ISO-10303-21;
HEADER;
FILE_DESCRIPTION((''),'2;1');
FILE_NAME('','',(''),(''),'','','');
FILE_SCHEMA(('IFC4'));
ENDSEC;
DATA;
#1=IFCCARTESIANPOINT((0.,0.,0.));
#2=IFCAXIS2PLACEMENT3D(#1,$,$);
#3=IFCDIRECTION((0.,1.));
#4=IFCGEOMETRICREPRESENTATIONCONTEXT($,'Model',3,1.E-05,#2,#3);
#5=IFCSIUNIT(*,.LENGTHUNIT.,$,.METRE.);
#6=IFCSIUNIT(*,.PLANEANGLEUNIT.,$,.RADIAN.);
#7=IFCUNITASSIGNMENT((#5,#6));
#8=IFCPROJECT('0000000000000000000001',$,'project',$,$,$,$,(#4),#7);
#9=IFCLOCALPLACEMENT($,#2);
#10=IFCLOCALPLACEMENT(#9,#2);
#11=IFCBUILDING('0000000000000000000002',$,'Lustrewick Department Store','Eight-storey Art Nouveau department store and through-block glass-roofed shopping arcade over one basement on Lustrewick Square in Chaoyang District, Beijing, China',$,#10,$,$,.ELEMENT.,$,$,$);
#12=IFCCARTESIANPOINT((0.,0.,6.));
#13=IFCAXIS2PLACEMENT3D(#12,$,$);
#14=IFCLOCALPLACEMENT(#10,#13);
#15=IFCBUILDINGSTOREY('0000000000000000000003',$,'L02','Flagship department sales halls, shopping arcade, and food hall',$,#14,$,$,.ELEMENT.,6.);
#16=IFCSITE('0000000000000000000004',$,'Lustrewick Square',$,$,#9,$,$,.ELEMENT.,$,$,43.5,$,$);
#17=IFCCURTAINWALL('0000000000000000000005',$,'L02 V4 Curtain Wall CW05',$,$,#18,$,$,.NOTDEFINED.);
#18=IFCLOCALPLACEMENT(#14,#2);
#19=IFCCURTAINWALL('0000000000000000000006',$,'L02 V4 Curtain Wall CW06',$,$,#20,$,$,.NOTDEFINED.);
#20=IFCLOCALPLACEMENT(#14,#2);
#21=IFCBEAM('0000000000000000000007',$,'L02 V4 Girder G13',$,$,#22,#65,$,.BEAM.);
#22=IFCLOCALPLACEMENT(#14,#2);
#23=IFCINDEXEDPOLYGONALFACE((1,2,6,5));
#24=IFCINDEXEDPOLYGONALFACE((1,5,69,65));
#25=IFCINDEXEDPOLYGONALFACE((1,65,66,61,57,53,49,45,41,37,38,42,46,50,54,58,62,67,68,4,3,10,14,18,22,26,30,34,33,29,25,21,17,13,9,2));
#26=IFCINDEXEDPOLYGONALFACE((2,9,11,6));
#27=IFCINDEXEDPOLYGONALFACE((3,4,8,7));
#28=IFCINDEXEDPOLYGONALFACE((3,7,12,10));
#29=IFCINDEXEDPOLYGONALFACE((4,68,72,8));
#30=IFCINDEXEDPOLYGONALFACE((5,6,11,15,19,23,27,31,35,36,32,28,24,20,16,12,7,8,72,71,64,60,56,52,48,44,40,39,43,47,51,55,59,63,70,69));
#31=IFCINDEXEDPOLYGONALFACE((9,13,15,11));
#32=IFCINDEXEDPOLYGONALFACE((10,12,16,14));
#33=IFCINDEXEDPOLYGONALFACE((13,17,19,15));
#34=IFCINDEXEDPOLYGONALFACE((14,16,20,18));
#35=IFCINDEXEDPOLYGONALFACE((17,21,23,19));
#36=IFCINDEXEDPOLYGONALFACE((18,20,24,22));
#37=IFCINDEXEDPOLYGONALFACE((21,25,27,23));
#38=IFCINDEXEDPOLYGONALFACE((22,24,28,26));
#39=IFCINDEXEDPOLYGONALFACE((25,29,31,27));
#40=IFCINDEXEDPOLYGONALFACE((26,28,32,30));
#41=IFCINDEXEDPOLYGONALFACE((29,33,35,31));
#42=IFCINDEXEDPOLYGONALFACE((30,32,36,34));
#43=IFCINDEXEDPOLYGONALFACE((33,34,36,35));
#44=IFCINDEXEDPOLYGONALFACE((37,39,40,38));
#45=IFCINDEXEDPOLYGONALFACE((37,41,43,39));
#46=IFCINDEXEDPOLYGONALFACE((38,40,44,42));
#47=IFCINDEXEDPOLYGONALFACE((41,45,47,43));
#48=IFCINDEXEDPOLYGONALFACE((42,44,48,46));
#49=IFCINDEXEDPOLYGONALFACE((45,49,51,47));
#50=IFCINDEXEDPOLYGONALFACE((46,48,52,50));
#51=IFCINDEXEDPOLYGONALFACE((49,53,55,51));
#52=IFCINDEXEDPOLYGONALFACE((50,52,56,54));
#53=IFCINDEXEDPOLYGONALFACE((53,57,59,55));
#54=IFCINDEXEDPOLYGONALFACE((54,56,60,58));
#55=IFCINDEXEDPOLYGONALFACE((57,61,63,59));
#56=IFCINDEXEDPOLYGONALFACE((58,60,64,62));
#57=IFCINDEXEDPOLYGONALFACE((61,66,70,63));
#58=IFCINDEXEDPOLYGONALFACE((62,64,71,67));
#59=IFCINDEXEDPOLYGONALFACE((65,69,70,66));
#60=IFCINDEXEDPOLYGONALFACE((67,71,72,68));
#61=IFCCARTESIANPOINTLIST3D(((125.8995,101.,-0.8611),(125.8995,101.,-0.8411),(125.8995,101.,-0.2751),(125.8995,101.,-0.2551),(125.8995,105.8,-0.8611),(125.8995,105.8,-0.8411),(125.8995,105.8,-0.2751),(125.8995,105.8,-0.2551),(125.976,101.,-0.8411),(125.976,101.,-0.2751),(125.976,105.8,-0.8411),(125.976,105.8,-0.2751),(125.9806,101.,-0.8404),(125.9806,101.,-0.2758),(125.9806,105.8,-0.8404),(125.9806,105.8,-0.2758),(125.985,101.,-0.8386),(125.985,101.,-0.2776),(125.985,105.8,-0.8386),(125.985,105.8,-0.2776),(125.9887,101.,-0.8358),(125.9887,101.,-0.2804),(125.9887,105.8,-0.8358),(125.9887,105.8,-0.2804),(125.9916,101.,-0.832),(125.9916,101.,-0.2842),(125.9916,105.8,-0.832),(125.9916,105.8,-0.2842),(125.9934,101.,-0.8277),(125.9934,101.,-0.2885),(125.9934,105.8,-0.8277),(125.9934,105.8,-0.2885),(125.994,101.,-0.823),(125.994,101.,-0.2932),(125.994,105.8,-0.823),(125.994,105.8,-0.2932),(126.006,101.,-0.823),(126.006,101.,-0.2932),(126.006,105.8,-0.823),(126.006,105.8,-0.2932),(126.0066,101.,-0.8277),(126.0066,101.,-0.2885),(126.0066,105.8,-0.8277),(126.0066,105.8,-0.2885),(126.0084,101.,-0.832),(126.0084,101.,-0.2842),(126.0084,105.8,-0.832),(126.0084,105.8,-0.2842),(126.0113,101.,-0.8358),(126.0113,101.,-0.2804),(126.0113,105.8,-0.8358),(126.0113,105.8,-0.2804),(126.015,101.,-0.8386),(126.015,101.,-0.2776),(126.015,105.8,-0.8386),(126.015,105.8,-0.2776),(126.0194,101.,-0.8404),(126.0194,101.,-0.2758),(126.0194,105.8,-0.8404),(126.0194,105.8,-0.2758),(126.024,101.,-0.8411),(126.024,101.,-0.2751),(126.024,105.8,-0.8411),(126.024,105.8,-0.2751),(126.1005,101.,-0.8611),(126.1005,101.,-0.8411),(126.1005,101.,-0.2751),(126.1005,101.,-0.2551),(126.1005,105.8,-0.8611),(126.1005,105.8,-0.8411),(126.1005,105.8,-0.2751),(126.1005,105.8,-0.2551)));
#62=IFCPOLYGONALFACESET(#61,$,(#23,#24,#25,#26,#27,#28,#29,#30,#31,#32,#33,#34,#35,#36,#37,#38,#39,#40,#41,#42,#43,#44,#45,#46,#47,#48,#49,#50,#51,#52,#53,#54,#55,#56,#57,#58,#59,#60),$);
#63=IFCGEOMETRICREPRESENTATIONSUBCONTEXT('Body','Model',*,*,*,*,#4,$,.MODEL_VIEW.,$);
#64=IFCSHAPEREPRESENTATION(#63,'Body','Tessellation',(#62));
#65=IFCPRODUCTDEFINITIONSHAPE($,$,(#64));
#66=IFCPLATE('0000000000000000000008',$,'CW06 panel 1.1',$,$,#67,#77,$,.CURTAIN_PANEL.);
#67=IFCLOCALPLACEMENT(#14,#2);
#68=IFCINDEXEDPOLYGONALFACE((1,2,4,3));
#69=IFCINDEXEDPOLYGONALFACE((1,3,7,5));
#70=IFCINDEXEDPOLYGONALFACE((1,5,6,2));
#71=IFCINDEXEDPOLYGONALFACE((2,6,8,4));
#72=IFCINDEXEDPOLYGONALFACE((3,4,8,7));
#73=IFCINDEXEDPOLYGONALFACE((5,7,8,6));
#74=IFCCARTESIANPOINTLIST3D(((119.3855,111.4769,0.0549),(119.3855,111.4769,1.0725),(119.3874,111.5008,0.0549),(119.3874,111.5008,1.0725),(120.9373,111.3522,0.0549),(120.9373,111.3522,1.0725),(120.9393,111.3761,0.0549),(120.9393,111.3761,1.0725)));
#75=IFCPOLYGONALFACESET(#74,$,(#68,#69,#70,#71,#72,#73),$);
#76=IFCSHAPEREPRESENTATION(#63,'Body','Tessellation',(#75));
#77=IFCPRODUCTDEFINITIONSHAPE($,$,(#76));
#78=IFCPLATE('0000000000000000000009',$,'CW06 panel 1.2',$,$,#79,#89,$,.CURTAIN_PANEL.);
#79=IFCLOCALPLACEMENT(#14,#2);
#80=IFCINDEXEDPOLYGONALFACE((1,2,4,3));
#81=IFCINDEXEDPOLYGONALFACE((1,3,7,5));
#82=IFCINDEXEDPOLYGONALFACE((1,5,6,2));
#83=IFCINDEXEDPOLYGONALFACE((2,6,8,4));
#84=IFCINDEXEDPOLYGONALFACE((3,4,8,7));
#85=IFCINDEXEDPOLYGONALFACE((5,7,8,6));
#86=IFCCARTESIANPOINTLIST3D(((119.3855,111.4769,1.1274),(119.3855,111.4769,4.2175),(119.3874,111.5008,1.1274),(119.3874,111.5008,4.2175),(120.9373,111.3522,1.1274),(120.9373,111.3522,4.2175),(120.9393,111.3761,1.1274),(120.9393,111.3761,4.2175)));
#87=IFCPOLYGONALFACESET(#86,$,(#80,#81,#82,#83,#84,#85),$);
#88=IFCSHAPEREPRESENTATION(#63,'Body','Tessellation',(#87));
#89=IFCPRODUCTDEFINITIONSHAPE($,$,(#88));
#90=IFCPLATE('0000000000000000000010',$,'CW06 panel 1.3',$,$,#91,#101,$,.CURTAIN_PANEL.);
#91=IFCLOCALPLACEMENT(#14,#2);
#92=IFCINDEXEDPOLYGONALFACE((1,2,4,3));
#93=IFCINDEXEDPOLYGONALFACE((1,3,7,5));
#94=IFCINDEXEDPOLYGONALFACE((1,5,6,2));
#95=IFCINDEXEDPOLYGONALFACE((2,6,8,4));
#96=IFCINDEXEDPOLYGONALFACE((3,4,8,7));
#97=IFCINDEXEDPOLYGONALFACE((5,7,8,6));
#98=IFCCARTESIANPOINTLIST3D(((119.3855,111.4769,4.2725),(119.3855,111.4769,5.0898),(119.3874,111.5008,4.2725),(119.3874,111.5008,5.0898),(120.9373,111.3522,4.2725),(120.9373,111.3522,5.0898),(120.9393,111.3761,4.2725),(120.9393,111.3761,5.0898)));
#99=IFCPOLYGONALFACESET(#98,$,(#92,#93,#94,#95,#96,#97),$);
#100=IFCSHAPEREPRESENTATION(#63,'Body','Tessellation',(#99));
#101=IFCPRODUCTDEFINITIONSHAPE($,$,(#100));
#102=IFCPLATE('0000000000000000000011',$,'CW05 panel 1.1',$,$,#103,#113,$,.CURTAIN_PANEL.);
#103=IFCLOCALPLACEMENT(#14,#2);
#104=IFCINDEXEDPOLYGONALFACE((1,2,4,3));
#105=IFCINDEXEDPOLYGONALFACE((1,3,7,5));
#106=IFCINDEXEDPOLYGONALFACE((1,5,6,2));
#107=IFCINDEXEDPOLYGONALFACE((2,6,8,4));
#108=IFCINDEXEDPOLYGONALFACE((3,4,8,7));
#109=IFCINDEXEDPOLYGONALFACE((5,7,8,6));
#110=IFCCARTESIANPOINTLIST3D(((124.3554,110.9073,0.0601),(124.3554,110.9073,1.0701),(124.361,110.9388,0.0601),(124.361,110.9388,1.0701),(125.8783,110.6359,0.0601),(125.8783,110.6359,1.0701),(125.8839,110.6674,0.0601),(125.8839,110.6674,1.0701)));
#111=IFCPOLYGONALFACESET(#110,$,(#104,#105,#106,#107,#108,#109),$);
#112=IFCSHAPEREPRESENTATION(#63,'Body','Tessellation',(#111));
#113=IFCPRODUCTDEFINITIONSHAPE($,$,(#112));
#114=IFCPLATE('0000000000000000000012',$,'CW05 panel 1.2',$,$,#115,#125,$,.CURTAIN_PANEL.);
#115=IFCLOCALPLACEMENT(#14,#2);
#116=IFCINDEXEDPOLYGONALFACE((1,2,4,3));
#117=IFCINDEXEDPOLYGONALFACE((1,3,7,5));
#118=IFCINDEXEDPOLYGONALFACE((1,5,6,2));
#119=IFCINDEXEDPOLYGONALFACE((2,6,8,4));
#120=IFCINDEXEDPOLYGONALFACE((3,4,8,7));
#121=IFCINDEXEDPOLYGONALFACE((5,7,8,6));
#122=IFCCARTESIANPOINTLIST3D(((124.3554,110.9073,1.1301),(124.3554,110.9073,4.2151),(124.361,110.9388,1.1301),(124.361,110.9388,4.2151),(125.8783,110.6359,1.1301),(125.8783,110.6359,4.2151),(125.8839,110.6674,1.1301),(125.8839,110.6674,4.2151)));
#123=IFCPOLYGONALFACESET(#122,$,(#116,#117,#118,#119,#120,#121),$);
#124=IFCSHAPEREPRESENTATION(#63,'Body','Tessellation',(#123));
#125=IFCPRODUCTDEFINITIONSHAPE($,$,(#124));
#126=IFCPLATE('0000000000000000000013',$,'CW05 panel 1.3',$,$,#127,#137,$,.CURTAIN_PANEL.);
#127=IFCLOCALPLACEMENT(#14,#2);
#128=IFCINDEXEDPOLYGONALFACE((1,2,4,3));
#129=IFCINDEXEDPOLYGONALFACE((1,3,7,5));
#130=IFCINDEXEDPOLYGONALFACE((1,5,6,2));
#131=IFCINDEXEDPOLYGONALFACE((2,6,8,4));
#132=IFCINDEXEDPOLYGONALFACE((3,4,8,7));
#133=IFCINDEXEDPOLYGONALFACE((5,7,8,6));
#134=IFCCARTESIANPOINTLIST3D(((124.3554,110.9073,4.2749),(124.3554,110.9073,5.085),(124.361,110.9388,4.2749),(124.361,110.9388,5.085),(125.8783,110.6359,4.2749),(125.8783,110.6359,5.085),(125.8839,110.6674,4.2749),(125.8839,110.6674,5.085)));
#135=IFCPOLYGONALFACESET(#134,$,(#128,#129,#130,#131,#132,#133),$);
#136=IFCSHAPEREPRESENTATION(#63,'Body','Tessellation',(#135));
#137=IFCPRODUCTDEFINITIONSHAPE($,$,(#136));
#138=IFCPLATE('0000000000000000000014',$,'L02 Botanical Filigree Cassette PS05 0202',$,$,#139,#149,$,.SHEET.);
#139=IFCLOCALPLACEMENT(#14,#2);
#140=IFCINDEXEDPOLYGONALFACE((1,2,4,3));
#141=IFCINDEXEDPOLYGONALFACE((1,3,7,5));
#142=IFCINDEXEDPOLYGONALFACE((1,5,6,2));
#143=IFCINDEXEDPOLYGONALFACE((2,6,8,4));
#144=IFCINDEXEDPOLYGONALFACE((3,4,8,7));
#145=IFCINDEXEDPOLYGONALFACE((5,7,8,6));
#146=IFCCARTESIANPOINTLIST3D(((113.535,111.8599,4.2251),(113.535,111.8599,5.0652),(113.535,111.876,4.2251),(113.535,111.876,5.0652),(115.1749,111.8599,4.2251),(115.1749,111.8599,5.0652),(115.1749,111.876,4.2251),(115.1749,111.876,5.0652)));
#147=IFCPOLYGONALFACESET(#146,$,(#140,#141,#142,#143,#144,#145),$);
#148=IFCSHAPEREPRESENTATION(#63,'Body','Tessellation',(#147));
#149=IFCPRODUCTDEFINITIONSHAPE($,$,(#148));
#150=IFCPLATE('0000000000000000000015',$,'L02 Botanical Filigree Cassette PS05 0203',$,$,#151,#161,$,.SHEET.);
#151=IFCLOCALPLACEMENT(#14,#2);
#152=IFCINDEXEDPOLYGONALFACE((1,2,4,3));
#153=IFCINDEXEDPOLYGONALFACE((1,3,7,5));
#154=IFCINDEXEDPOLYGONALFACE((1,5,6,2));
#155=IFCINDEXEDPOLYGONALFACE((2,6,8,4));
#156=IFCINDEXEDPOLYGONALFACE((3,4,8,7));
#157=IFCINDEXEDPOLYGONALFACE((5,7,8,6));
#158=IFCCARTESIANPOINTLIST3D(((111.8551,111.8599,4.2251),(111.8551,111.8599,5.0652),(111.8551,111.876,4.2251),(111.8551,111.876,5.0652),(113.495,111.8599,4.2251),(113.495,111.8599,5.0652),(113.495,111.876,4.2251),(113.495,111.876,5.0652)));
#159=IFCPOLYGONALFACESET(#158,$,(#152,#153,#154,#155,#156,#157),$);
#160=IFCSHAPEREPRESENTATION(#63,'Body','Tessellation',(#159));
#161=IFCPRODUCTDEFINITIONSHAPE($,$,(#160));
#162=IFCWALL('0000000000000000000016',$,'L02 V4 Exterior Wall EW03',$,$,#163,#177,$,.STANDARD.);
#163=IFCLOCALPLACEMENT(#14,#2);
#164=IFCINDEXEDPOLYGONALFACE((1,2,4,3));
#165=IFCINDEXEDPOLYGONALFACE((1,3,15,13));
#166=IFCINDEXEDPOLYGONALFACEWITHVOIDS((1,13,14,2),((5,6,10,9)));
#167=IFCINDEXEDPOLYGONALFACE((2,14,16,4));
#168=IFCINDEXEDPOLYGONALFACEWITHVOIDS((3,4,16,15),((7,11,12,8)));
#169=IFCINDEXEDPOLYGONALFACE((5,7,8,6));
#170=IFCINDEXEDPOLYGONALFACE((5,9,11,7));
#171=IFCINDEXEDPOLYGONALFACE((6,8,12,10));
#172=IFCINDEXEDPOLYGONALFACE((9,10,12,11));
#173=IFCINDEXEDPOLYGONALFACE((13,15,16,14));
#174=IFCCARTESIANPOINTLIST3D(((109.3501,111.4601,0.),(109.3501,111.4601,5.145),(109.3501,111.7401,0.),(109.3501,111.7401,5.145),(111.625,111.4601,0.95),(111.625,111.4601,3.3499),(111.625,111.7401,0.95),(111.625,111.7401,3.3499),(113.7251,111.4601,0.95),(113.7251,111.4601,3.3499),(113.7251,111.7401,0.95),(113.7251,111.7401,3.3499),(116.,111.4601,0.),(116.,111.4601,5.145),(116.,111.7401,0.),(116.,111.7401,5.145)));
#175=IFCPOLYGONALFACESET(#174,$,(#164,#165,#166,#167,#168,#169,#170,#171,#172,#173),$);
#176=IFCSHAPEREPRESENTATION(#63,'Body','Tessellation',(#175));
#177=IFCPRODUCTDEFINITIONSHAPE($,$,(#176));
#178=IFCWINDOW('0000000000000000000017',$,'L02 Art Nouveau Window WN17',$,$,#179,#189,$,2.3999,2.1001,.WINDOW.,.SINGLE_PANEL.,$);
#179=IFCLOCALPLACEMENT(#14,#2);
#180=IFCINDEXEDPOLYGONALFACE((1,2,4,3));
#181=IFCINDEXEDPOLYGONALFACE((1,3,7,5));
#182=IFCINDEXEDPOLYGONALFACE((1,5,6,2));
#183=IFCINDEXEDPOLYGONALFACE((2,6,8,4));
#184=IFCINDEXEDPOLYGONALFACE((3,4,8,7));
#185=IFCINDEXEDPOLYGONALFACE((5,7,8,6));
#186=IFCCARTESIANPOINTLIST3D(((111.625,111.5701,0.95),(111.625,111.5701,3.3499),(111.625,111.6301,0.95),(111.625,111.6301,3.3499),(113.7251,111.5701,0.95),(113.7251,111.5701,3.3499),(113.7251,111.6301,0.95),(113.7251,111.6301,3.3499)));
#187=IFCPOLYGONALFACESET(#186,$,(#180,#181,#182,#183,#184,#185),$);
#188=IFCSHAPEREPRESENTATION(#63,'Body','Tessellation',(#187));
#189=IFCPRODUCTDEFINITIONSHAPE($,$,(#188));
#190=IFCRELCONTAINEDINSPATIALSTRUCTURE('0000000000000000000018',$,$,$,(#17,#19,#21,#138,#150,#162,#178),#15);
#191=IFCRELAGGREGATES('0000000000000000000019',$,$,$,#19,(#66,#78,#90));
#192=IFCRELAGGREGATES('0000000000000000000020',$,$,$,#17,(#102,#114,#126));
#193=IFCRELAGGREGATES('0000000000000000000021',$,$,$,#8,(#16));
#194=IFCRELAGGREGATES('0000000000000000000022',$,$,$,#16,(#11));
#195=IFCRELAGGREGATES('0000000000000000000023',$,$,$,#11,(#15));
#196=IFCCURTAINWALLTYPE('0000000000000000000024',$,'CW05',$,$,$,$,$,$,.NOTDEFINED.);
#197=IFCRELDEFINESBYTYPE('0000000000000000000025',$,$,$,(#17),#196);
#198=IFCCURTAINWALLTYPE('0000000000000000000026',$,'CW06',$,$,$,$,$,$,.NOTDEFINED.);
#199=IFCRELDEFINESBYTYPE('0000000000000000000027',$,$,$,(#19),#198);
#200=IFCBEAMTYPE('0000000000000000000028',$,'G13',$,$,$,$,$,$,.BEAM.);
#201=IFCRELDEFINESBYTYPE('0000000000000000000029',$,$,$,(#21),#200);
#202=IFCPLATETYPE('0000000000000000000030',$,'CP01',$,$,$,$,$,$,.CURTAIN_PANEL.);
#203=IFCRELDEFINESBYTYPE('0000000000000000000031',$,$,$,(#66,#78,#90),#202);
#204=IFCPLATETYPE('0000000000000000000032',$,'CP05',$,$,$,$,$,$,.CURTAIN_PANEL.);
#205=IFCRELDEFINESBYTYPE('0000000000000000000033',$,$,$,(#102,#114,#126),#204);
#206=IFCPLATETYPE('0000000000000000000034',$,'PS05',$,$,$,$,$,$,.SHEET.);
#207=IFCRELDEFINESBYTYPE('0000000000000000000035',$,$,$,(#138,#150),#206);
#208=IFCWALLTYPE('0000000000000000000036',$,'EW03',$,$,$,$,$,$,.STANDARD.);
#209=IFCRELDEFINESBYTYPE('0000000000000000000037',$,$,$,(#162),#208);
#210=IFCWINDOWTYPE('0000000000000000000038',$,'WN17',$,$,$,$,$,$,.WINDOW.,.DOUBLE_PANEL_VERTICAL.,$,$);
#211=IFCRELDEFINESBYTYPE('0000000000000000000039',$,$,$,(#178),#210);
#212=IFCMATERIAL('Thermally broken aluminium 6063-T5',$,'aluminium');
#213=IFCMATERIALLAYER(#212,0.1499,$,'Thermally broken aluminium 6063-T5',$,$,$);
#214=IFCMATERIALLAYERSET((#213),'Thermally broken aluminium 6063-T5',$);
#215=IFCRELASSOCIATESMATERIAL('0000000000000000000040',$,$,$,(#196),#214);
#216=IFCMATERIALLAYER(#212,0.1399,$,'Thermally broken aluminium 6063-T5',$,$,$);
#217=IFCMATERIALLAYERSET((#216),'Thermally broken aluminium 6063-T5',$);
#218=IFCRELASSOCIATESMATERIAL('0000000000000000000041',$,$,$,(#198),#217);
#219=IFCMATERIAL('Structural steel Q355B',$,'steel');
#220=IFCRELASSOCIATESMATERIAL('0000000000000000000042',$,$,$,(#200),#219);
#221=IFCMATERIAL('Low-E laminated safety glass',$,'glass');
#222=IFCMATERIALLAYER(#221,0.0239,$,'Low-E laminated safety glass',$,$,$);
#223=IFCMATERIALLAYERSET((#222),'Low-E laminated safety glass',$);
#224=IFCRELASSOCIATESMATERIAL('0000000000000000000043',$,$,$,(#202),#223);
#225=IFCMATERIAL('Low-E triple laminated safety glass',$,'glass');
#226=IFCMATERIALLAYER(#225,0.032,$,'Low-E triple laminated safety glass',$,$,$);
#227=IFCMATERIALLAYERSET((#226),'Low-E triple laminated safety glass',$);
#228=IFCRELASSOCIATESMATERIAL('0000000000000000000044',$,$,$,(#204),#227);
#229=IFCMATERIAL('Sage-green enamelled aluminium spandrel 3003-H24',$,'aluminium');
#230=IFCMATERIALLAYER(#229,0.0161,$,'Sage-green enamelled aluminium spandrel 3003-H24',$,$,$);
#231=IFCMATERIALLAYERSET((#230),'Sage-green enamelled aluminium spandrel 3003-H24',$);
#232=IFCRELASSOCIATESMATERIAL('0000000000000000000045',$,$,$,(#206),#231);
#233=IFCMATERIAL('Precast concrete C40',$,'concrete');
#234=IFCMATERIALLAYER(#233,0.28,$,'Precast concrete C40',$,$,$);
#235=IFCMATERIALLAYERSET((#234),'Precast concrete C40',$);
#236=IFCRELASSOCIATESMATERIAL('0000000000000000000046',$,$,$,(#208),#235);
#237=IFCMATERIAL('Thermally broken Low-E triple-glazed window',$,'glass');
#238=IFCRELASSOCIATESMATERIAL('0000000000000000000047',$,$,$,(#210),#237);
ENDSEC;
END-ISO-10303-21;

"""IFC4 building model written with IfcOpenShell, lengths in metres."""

from ifc_helpers import new_model, si_unit, direction, frame, frame_2d, origin, origin_2d, place, context, subcontext, project, spatial, rectangle, i_section, extrude, material, layer, layer_set, material_profile, profile_set, type_object, element, fill, aggregate, save


model = new_model("IFC4")

# Units and contexts
model_context = context("Model", 3, precision=1e-05, world=origin(), true_north=direction((0.0, 1.0)))
body_context = subcontext(model_context, "Body", "Model", "MODEL_VIEW")
ifc_project = project(units=[si_unit("LENGTHUNIT", "METRE"), si_unit("PLANEANGLEUNIT", "RADIAN")], contexts=[model_context])

# Site, building, storey
site_placement = place(None, origin())
site = spatial("IfcSite", under=ifc_project, at=site_placement, Name="Lustrewick Square", CompositionType="ELEMENT", RefElevation=43.5)
building_placement = place(site_placement, origin())
building = spatial("IfcBuilding", under=site, at=building_placement, Name="Lustrewick Department Store", Description="Eight-storey Art Nouveau department store and through-block glass-roofed shopping arcade over one basement on Lustrewick Square in Chaoyang District, Beijing, China", CompositionType="ELEMENT")
storey_placement = place(building_placement, frame((0.0, 0.0, 6.0)))
storey = spatial("IfcBuildingStorey", under=building, at=storey_placement, Name="L02", Description="Flagship department sales halls, shopping arcade, and food hall", CompositionType="ELEMENT", Elevation=6.0)

# Shared definitions
ifc_material_1 = material(Name="Structural steel Q355B", Category="steel")

# Curtain walls
ifc_material_2 = material(Name="Thermally broken aluminium 6063-T5", Category="aluminium")
ifc_layer_1 = layer(ifc_material_2, 0.1499, Name="Thermally broken aluminium 6063-T5")
ifc_layer_set_1 = layer_set([ifc_layer_1], Name="Thermally broken aluminium 6063-T5")
curtain_wall_type_1 = type_object("IfcCurtainWallType", Name="CW05", PredefinedType="NOTDEFINED", material=ifc_layer_set_1)
curtain_wall_1_placement = place(storey_placement, origin())
curtain_wall_1 = element("IfcCurtainWall", 1, at=curtain_wall_1_placement, inside=storey, type_object=curtain_wall_type_1, Name="L02 V4 Curtain Wall CW05", PredefinedType="NOTDEFINED")
ifc_layer_2 = layer(ifc_material_2, 0.1399, Name="Thermally broken aluminium 6063-T5")
ifc_layer_set_2 = layer_set([ifc_layer_2], Name="Thermally broken aluminium 6063-T5")
curtain_wall_type_2 = type_object("IfcCurtainWallType", Name="CW06", PredefinedType="NOTDEFINED", material=ifc_layer_set_2)
curtain_wall_2_placement = place(storey_placement, origin())
curtain_wall_2 = element("IfcCurtainWall", 2, at=curtain_wall_2_placement, inside=storey, type_object=curtain_wall_type_2, Name="L02 V4 Curtain Wall CW06", PredefinedType="NOTDEFINED")

# Beam
ifc_material_profile_1 = material_profile(ifc_material_1, i_section(OverallWidth=0.2009, OverallDepth=0.606, WebThickness=0.012, FlangeThickness=0.02, FilletRadius=0.0181, at=origin_2d()), Name="HN 606x201x12x20")
ifc_profile_set_1 = profile_set([ifc_material_profile_1], Name="Structural steel Q355B")
beam_type_1 = type_object("IfcBeamType", Name="G13", PredefinedType="BEAM", material=ifc_profile_set_1)
beam_1_placement = place(storey_placement, frame((126.0, 101.0, -0.5581), z_axis=(0.0, 1.0, 0.0), x_axis=(-1.0, 0.0, 0.0)))
element("IfcBeam", 3, at=beam_1_placement, inside=storey, type_object=beam_type_1, Name="L02 V4 Girder G13", PredefinedType="BEAM", context=body_context, shape_type="SweptSolid", body=[
    extrude(i_section(OverallWidth=0.2009, OverallDepth=0.606, WebThickness=0.012, FlangeThickness=0.02, FilletRadius=0.0181, at=origin_2d()), origin(), (0.0, 0.0, 1.0), 4.8),
])

# Plates
ifc_material_3 = material(Name="Low-E laminated safety glass", Category="glass")
ifc_layer_3 = layer(ifc_material_3, 0.0239, Name="Low-E laminated safety glass")
ifc_layer_set_3 = layer_set([ifc_layer_3], Name="Low-E laminated safety glass")
plate_type_1 = type_object("IfcPlateType", Name="CP01", PredefinedType="CURTAIN_PANEL", material=ifc_layer_set_3)
plate_1_placement = place(storey_placement, frame((120.1624, 111.4265, 0.0549), z_axis=(0.0, 0.0, 1.0), x_axis=(-0.996788, 0.080091, 0.0)))
plate_1 = element("IfcPlate", 4, at=plate_1_placement, type_object=plate_type_1, Name="CW06 panel 1.1", PredefinedType="CURTAIN_PANEL", context=body_context, shape_type="SweptSolid", body=[
    extrude(rectangle(XDim=1.5569, YDim=0.0239, at=origin_2d()), origin(), (0.0, 0.0, 1.0), 1.0176),
])
plate_2_placement = place(storey_placement, frame((120.1624, 111.4265, 1.1274), z_axis=(0.0, 0.0, 1.0), x_axis=(-0.996788, 0.080091, 0.0)))
plate_2 = element("IfcPlate", 5, at=plate_2_placement, type_object=plate_type_1, Name="CW06 panel 1.2", PredefinedType="CURTAIN_PANEL", context=body_context, shape_type="SweptSolid", body=[
    extrude(rectangle(XDim=1.5569, YDim=0.0239, at=origin_2d()), origin(), (0.0, 0.0, 1.0), 3.0901),
])
plate_3_placement = place(storey_placement, frame((120.1624, 111.4265, 4.2725), z_axis=(0.0, 0.0, 1.0), x_axis=(-0.996788, 0.080091, 0.0)))
plate_3 = element("IfcPlate", 6, at=plate_3_placement, type_object=plate_type_1, Name="CW06 panel 1.3", PredefinedType="CURTAIN_PANEL", context=body_context, shape_type="SweptSolid", body=[
    extrude(rectangle(XDim=1.5569, YDim=0.0239, at=origin_2d()), origin(), (0.0, 0.0, 1.0), 0.8174),
])
aggregate(curtain_wall_2, [plate_1, plate_2, plate_3])
ifc_material_4 = material(Name="Low-E triple laminated safety glass", Category="glass")
ifc_layer_4 = layer(ifc_material_4, 0.032, Name="Low-E triple laminated safety glass")
ifc_layer_set_4 = layer_set([ifc_layer_4], Name="Low-E triple laminated safety glass")
plate_type_2 = type_object("IfcPlateType", Name="CP05", PredefinedType="CURTAIN_PANEL", material=ifc_layer_set_4)
plate_4_placement = place(storey_placement, frame((125.1196, 110.7874, 0.0601), z_axis=(0.0, 0.0, 1.0), x_axis=(-0.984494, 0.175421, 0.0)))
plate_4 = element("IfcPlate", 7, at=plate_4_placement, type_object=plate_type_2, Name="CW05 panel 1.1", PredefinedType="CURTAIN_PANEL", context=body_context, shape_type="SweptSolid", body=[
    extrude(rectangle(XDim=1.5469, YDim=0.032, at=origin_2d()), origin(), (0.0, 0.0, 1.0), 1.01),
])
plate_5_placement = place(storey_placement, frame((125.1196, 110.7874, 1.1301), z_axis=(0.0, 0.0, 1.0), x_axis=(-0.984494, 0.175421, 0.0)))
plate_5 = element("IfcPlate", 8, at=plate_5_placement, type_object=plate_type_2, Name="CW05 panel 1.2", PredefinedType="CURTAIN_PANEL", context=body_context, shape_type="SweptSolid", body=[
    extrude(rectangle(XDim=1.5469, YDim=0.032, at=origin_2d()), origin(), (0.0, 0.0, 1.0), 3.085),
])
plate_6_placement = place(storey_placement, frame((125.1196, 110.7874, 4.2749), z_axis=(0.0, 0.0, 1.0), x_axis=(-0.984494, 0.175421, 0.0)))
plate_6 = element("IfcPlate", 9, at=plate_6_placement, type_object=plate_type_2, Name="CW05 panel 1.3", PredefinedType="CURTAIN_PANEL", context=body_context, shape_type="SweptSolid", body=[
    extrude(rectangle(XDim=1.5469, YDim=0.032, at=origin_2d()), origin(), (0.0, 0.0, 1.0), 0.8101),
])
aggregate(curtain_wall_1, [plate_4, plate_5, plate_6])

# Plates
ifc_material_5 = material(Name="Sage-green enamelled aluminium spandrel 3003-H24", Category="aluminium")
ifc_layer_5 = layer(ifc_material_5, 0.0161, Name="Sage-green enamelled aluminium spandrel 3003-H24")
ifc_layer_set_5 = layer_set([ifc_layer_5], Name="Sage-green enamelled aluminium spandrel 3003-H24")
plate_type_3 = type_object("IfcPlateType", Name="PS05", PredefinedType="SHEET", material=ifc_layer_set_5)
for number, where, z_axis, x_axis, name in (
    (10, (114.355, 111.8679, 4.2251), (0.0, 0.0, 1.0), (-1.0, 0.0, 0.0), "L02 Botanical Filigree Cassette PS05 0202"),
    (11, (112.675, 111.8679, 4.2251), (0.0, 0.0, 1.0), (-1.0, 0.0, 0.0), "L02 Botanical Filigree Cassette PS05 0203"),
):
    element("IfcPlate", number, at=place(storey_placement, frame(where, z_axis=z_axis, x_axis=x_axis)), inside=storey, type_object=plate_type_3, Name=name, PredefinedType="SHEET", context=body_context, shape_type="SweptSolid", body=[
        extrude(rectangle(XDim=1.6399, YDim=0.0161, at=origin_2d()), origin(), (0.0, 0.0, 1.0), 0.8401),
    ])

# Wall, opening, window
ifc_material_6 = material(Name="Precast concrete C40", Category="concrete")
ifc_layer_6 = layer(ifc_material_6, 0.28, Name="Precast concrete C40")
ifc_layer_set_6 = layer_set([ifc_layer_6], Name="Precast concrete C40")
wall_type_1 = type_object("IfcWallType", Name="EW03", PredefinedType="STANDARD", material=ifc_layer_set_6)
wall_placement = place(storey_placement, frame((116.0, 111.6001, 0.0), z_axis=(0.0, 0.0, 1.0), x_axis=(-1.0, 0.0, 0.0)))
wall = element("IfcWall", 12, at=wall_placement, inside=storey, type_object=wall_type_1, Name="L02 V4 Exterior Wall EW03", PredefinedType="STANDARD", context=body_context, shape_type="SweptSolid", body=[
    extrude(rectangle(XDim=6.6499, YDim=0.28, at=frame_2d((3.325, 0.0))), origin(), (0.0, 0.0, 1.0), 5.145),
])
opening_placement = place(wall_placement, frame((2.2749, 0.0, 0.95)))
opening = element("IfcOpeningElement", 13, at=opening_placement, cuts=wall, PredefinedType="OPENING", context=body_context, shape_type="SweptSolid", body=[
    extrude(rectangle(XDim=2.1001, YDim=2.3999, at=frame_2d((1.05, 1.2))), frame((0.0, 0.1499, 0.0), z_axis=(0.0, -1.0, 0.0), x_axis=(1.0, 0.0, 0.0)), (0.0, 0.0, 1.0), 0.3),
])
ifc_material_7 = material(Name="Thermally broken Low-E triple-glazed window", Category="glass")
window_type = type_object("IfcWindowType", Name="WN17", PartitioningType="DOUBLE_PANEL_VERTICAL", PredefinedType="WINDOW", material=ifc_material_7)
window_placement = place(opening_placement, origin())
window = element("IfcWindow", 14, at=window_placement, inside=storey, type_object=window_type, Name="L02 Art Nouveau Window WN17", OverallHeight=2.3999, OverallWidth=2.1001, PartitioningType="SINGLE_PANEL", PredefinedType="WINDOW", context=body_context, shape_type="SweptSolid", body=[
    extrude(rectangle(XDim=2.1001, YDim=2.3999, at=frame_2d((1.05, 1.2))), frame((0.0, 0.03, 0.0), z_axis=(0.0, -1.0, 0.0), x_axis=(1.0, 0.0, 0.0)), (0.0, 0.0, 1.0), 0.0601),
])
fill(opening, window)

save(model, "model.ifc")
